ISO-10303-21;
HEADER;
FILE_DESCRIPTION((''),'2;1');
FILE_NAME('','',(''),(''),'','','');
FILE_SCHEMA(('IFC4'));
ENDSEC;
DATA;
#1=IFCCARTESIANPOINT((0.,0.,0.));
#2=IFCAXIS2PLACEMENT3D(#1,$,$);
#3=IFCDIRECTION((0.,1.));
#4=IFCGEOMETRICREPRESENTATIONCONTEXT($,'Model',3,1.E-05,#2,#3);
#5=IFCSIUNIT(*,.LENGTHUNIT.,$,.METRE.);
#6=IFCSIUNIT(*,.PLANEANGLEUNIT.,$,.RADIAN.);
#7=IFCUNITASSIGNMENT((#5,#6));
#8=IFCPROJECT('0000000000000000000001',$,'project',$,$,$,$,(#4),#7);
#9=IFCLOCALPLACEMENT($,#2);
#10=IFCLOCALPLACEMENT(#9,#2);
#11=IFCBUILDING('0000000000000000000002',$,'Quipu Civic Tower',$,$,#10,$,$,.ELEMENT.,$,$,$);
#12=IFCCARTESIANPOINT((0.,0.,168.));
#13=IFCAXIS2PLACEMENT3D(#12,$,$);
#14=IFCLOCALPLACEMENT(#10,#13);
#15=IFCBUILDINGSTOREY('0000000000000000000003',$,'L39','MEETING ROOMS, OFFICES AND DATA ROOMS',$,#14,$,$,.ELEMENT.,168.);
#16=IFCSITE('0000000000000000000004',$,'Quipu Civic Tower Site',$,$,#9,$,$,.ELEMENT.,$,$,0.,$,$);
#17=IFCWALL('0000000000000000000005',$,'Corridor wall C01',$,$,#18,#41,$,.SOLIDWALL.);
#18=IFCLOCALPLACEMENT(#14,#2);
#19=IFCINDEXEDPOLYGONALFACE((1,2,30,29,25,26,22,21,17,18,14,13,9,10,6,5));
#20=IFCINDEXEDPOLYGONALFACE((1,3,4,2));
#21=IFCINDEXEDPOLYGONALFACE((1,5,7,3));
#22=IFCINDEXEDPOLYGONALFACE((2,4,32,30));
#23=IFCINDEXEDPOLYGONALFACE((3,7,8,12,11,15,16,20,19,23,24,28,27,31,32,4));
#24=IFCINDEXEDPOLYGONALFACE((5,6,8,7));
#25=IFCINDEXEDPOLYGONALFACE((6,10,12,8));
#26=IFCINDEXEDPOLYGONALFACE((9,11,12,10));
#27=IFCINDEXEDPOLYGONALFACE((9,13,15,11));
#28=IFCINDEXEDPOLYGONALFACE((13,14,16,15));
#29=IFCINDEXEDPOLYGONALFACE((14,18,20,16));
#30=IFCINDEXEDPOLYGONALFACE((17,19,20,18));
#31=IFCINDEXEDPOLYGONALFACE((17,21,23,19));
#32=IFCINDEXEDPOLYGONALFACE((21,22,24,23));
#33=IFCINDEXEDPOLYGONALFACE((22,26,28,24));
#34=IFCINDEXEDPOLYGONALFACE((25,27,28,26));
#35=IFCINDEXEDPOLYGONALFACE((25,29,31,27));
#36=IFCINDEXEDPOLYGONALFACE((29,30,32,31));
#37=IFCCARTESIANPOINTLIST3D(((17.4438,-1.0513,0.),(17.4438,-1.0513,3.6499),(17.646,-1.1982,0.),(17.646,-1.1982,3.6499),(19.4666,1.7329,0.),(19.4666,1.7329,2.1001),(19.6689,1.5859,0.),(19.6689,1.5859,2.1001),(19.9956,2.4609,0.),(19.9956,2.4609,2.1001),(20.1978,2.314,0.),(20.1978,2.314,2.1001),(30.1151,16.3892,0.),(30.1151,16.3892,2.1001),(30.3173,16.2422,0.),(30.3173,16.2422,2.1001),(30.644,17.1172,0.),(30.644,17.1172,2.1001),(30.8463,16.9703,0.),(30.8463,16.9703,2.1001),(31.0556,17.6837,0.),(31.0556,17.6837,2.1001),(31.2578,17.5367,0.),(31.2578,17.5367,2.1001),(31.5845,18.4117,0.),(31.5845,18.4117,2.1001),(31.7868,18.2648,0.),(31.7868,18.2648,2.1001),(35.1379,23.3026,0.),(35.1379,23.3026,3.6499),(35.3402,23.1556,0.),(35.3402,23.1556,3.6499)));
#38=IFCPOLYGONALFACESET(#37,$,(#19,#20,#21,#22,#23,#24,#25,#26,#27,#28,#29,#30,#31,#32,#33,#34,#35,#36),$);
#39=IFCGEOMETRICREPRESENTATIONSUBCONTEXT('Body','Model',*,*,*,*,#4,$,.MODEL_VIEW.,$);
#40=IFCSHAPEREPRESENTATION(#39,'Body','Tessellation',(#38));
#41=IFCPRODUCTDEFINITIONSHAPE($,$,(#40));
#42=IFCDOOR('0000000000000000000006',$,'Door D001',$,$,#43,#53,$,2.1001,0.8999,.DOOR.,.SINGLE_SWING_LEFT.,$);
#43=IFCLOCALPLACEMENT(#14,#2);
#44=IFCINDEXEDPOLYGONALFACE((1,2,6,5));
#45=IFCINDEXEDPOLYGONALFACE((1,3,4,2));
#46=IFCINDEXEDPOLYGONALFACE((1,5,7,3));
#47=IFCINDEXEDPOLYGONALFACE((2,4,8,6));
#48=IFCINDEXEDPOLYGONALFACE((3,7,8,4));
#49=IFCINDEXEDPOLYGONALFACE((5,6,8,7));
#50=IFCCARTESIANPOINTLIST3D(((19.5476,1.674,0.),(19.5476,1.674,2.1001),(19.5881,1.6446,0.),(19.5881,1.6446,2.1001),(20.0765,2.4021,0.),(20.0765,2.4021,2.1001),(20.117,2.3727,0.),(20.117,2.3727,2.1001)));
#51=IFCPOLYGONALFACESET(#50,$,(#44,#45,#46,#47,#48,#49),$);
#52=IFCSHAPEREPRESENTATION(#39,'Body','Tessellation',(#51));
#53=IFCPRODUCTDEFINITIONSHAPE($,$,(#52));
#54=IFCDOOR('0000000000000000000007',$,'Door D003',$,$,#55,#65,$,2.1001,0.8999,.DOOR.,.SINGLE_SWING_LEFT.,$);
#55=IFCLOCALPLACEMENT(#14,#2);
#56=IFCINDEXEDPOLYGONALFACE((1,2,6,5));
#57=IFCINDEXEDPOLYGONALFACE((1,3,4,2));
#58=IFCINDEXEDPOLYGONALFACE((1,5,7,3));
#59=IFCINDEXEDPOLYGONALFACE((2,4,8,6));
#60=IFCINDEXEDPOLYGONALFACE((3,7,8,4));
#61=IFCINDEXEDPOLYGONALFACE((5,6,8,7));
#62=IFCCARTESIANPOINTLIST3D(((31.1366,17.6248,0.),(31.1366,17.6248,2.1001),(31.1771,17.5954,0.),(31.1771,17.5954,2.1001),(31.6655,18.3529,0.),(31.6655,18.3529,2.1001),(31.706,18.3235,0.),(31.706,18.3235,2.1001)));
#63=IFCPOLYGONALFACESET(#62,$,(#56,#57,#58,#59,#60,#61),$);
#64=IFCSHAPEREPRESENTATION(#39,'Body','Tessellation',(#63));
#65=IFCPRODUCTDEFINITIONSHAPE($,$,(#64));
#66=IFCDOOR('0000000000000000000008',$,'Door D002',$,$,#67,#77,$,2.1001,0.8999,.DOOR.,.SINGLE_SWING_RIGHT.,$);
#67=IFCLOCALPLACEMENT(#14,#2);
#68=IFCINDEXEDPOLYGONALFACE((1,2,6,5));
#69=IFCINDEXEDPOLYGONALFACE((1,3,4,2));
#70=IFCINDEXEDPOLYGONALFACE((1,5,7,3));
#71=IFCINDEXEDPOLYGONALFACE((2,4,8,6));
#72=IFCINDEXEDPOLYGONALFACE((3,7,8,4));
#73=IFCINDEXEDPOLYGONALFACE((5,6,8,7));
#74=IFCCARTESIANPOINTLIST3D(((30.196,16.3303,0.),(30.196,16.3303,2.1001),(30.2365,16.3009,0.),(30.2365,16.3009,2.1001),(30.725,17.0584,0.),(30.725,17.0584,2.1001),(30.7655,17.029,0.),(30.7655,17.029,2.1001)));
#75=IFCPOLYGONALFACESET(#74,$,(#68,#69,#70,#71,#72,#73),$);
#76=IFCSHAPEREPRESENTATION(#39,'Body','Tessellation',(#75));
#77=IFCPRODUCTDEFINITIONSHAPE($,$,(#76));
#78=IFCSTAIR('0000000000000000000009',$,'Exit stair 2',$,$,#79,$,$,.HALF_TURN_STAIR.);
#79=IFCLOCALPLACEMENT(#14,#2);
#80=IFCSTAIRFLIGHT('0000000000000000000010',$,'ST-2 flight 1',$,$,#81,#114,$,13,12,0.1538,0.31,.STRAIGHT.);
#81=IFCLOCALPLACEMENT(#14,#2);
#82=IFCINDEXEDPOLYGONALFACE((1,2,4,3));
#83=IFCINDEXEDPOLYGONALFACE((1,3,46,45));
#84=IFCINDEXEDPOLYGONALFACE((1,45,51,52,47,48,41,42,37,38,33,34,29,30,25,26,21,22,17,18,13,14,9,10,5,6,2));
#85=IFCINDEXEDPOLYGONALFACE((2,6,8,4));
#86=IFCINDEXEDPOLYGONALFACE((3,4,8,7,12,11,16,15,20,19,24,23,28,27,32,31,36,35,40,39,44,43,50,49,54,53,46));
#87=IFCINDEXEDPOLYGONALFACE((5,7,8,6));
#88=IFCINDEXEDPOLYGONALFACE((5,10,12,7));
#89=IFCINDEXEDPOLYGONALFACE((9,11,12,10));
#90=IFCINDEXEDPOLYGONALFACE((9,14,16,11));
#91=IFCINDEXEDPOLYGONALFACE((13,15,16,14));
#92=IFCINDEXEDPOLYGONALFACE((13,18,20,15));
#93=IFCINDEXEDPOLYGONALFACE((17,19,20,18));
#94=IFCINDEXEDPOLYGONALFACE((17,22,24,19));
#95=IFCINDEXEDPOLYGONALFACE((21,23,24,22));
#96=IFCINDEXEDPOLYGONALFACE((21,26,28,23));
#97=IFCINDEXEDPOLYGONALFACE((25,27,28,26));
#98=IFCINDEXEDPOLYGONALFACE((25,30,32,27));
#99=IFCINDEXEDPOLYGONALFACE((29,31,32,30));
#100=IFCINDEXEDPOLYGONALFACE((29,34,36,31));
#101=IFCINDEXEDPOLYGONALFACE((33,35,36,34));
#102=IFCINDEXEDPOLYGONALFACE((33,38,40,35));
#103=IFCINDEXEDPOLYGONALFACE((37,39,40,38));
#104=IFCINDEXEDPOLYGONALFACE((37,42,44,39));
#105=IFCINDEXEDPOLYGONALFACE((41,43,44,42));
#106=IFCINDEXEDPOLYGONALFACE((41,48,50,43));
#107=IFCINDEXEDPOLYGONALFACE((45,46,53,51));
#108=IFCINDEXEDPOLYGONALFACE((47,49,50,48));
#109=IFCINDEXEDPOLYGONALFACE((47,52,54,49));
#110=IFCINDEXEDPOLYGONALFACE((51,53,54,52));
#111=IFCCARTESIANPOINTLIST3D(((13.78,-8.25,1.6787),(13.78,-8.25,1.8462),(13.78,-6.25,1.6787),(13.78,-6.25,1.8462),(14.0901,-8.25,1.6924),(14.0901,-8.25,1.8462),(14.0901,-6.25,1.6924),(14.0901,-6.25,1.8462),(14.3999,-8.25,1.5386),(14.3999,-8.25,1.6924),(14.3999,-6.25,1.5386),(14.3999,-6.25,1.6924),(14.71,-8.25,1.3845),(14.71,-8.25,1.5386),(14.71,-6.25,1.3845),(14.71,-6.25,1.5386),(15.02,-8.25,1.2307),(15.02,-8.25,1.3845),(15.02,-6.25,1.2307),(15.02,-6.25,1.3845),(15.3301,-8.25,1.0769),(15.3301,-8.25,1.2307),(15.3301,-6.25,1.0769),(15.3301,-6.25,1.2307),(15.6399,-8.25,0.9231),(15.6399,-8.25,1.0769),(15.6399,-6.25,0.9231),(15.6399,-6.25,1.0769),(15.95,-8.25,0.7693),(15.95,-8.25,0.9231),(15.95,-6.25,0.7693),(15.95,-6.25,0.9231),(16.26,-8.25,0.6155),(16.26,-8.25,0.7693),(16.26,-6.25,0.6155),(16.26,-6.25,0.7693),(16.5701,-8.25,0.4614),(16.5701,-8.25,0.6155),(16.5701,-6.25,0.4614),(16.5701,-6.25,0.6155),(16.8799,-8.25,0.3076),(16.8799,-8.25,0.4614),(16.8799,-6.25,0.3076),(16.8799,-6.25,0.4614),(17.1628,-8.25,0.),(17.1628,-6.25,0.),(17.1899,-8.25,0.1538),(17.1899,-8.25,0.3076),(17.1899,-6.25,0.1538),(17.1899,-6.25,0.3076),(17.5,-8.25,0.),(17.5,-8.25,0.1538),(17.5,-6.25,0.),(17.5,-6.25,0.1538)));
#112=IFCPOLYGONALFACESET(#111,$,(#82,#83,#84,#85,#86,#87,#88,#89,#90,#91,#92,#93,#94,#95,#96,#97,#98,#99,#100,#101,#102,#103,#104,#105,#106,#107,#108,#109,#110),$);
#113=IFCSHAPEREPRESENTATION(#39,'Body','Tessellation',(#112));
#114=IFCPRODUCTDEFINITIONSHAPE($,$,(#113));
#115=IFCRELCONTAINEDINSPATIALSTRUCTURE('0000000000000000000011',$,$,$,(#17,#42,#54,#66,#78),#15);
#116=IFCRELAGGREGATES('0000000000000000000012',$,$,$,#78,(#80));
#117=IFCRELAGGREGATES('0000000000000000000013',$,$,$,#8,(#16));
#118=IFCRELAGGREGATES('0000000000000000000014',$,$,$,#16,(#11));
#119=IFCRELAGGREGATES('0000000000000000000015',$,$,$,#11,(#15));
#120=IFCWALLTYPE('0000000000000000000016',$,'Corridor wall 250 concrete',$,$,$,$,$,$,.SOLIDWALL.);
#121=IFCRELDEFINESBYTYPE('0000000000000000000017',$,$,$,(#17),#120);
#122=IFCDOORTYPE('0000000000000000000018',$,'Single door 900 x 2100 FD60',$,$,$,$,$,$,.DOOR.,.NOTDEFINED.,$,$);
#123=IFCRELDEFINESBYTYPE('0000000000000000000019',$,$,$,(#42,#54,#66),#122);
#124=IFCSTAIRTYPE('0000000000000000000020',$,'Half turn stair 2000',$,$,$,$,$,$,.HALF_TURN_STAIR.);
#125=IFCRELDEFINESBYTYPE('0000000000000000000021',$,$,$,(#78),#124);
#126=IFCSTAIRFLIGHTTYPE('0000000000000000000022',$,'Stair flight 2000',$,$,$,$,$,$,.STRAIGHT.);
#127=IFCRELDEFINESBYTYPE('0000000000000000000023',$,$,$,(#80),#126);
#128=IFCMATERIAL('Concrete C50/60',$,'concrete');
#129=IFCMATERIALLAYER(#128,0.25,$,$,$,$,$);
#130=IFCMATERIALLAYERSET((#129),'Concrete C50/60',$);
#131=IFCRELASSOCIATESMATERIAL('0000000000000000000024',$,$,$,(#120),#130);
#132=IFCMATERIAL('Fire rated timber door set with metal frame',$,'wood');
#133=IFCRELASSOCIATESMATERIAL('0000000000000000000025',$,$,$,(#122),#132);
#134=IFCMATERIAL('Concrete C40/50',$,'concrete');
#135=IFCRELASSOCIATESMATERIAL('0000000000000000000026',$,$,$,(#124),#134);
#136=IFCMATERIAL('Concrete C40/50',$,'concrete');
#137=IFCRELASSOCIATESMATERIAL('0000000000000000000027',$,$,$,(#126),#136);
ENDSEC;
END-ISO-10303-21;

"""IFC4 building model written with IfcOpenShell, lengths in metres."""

from ifc_helpers import new_model, si_unit, direction, frame, frame_2d, origin, place, context, subcontext, project, spatial, polyline, rectangle, outline, extrude, material, layer, layer_set, type_object, element, fill, aggregate, save


model = new_model("IFC4")

# Units and contexts
model_context = context("Model", 3, precision=1e-05, world=origin(), true_north=direction((0.0, 1.0)))
body_context = subcontext(model_context, "Body", "Model", "MODEL_VIEW")
ifc_project = project(units=[si_unit("LENGTHUNIT", "METRE"), si_unit("PLANEANGLEUNIT", "RADIAN")], contexts=[model_context])

# Site, building, storey
site_placement = place(None, origin())
site = spatial("IfcSite", under=ifc_project, at=site_placement, Name="Quipu Civic Tower Site", CompositionType="ELEMENT", RefElevation=0.0)
building_placement = place(site_placement, origin())
building = spatial("IfcBuilding", under=site, at=building_placement, Name="Quipu Civic Tower", CompositionType="ELEMENT")
storey_placement = place(building_placement, frame((0.0, 0.0, 168.0)))
storey = spatial("IfcBuildingStorey", under=building, at=storey_placement, Name="L39", Description="MEETING ROOMS, OFFICES AND DATA ROOMS", CompositionType="ELEMENT", Elevation=168.0)

# Wall, openings, doors
ifc_material_1 = material(Name="Concrete C50/60", Category="concrete")
ifc_layer_1 = layer(ifc_material_1, 0.25)
ifc_layer_set_1 = layer_set([ifc_layer_1], Name="Concrete C50/60")
wall_type_1 = type_object("IfcWallType", Name="Corridor wall 250 concrete", PredefinedType="SOLIDWALL", material=ifc_layer_set_1)
wall_1_placement = place(storey_placement, frame((17.5449, -1.1248, 0.0), z_axis=(0.0, 0.0, 1.0), x_axis=(0.587786, 0.809016, 0.0)))
wall_1 = element("IfcWall", 1, at=wall_1_placement, inside=storey, type_object=wall_type_1, Name="Corridor wall C01", PredefinedType="SOLIDWALL", context=body_context, shape_type="SweptSolid", body=[
    extrude(rectangle(XDim=30.103, YDim=0.25, at=frame_2d((15.0515, 0.0))), origin(), (0.0, 0.0, 1.0), 3.6499),
])
opening_1_placement = place(wall_1_placement, frame((3.4414, 0.0, 0.0)))
opening_1 = element("IfcOpeningElement", 2, at=opening_1_placement, cuts=wall_1, PredefinedType="OPENING", context=body_context, shape_type="SweptSolid", body=[
    extrude(rectangle(XDim=0.8999, YDim=2.1001, at=frame_2d((0.45, 1.05))), frame((0.0, 0.135, 0.0), z_axis=(0.0, -1.0, 0.0), x_axis=(1.0, 0.0, 0.0)), (0.0, 0.0, 1.0), 0.27),
])
opening_2_placement = place(wall_1_placement, frame((23.1577, 0.0, 0.0)))
opening_2 = element("IfcOpeningElement", 3, at=opening_2_placement, cuts=wall_1, PredefinedType="OPENING", context=body_context, shape_type="SweptSolid", body=[
    extrude(rectangle(XDim=0.8999, YDim=2.1001, at=frame_2d((0.45, 1.05))), frame((0.0, 0.135, 0.0), z_axis=(0.0, -1.0, 0.0), x_axis=(1.0, 0.0, 0.0)), (0.0, 0.0, 1.0), 0.27),
])
opening_3_placement = place(wall_1_placement, frame((21.5576, 0.0, 0.0)))
opening_3 = element("IfcOpeningElement", 4, at=opening_3_placement, cuts=wall_1, PredefinedType="OPENING", context=body_context, shape_type="SweptSolid", body=[
    extrude(rectangle(XDim=0.8999, YDim=2.1001, at=frame_2d((0.45, 1.05))), frame((0.0, 0.135, 0.0), z_axis=(0.0, -1.0, 0.0), x_axis=(1.0, 0.0, 0.0)), (0.0, 0.0, 1.0), 0.27),
])
ifc_material_2 = material(Name="Fire rated timber door set with metal frame", Category="wood")
door_type_1 = type_object("IfcDoorType", Name="Single door 900 x 2100 FD60", OperationType="NOTDEFINED", PredefinedType="DOOR", material=ifc_material_2)
door_1_placement = place(opening_1_placement, origin())
door_1 = element("IfcDoor", 5, at=door_1_placement, inside=storey, type_object=door_type_1, Name="Door D001", OperationType="SINGLE_SWING_LEFT", OverallHeight=2.1001, OverallWidth=0.8999, PredefinedType="DOOR", context=body_context, shape_type="SweptSolid", body=[
    extrude(rectangle(XDim=0.8999, YDim=2.1001, at=frame_2d((0.45, 1.05))), frame((0.0, 0.0249, 0.0), z_axis=(0.0, -1.0, 0.0), x_axis=(1.0, 0.0, 0.0)), (0.0, 0.0, 1.0), 0.05),
])
fill(opening_1, door_1)
door_2_placement = place(opening_2_placement, origin())
door_2 = element("IfcDoor", 6, at=door_2_placement, inside=storey, type_object=door_type_1, Name="Door D003", OperationType="SINGLE_SWING_LEFT", OverallHeight=2.1001, OverallWidth=0.8999, PredefinedType="DOOR", context=body_context, shape_type="SweptSolid", body=[
    extrude(rectangle(XDim=0.8999, YDim=2.1001, at=frame_2d((0.45, 1.05))), frame((0.0, 0.0249, 0.0), z_axis=(0.0, -1.0, 0.0), x_axis=(1.0, 0.0, 0.0)), (0.0, 0.0, 1.0), 0.05),
])
fill(opening_2, door_2)
door_3_placement = place(opening_3_placement, origin())
door_3 = element("IfcDoor", 7, at=door_3_placement, inside=storey, type_object=door_type_1, Name="Door D002", OperationType="SINGLE_SWING_RIGHT", OverallHeight=2.1001, OverallWidth=0.8999, PredefinedType="DOOR", context=body_context, shape_type="SweptSolid", body=[
    extrude(rectangle(XDim=0.8999, YDim=2.1001, at=frame_2d((0.45, 1.05))), frame((0.0, 0.0249, 0.0), z_axis=(0.0, -1.0, 0.0), x_axis=(1.0, 0.0, 0.0)), (0.0, 0.0, 1.0), 0.05),
])
fill(opening_3, door_3)

# Stair, stair flight
ifc_material_3 = material(Name="Concrete C40/50", Category="concrete")
stair_type = type_object("IfcStairType", Name="Half turn stair 2000", PredefinedType="HALF_TURN_STAIR", material=ifc_material_3)
stair_placement = place(storey_placement, origin())
stair = element("IfcStair", 8, at=stair_placement, inside=storey, type_object=stair_type, Name="Exit stair 2", PredefinedType="HALF_TURN_STAIR")
ifc_material_4 = material(Name="Concrete C40/50", Category="concrete")
stair_flight_type = type_object("IfcStairFlightType", Name="Stair flight 2000", PredefinedType="STRAIGHT", material=ifc_material_4)
stair_flight_placement = place(storey_placement, frame((17.5, -7.25, 0.0), z_axis=(0.0, 0.0, 1.0), x_axis=(-1.0, 0.0, 0.0)))
stair_flight = element("IfcStairFlight", 9, at=stair_flight_placement, type_object=stair_flight_type, Name="ST-2 flight 1", NumberOfRisers=13, NumberOfTreads=12, PredefinedType="STRAIGHT", RiserHeight=0.1538, TreadLength=0.31, context=body_context, shape_type="SweptSolid", body=[
    extrude(outline(polyline([(0.0, 0.0), (0.0, 0.1538), (0.3101, 0.1538), (0.3101, 0.3076), (0.6201, 0.3076), (0.6201, 0.4614), (0.9299, 0.4614), (0.9299, 0.6155), (1.24, 0.6155), (1.24, 0.7693), (1.55, 0.7693), (1.55, 0.9231), (1.8601, 0.9231), (1.8601, 1.0769), (2.1699, 1.0769), (2.1699, 1.2307), (2.48, 1.2307), (2.48, 1.3845), (2.79, 1.3845), (2.79, 1.5386), (3.1001, 1.5386), (3.1001, 1.6924), (3.4099, 1.6924), (3.4099, 1.8462), (3.72, 1.8462), (3.72, 2.0), (3.72, 1.6787), (0.3372, 0.0), (0.0, 0.0)])), frame((0.0, 1.0, 0.0), z_axis=(0.0, -1.0, 0.0), x_axis=(1.0, 0.0, 0.0)), (0.0, 0.0, 1.0), 2.0),
])
aggregate(stair, [stair_flight])

save(model, "model.ifc")
